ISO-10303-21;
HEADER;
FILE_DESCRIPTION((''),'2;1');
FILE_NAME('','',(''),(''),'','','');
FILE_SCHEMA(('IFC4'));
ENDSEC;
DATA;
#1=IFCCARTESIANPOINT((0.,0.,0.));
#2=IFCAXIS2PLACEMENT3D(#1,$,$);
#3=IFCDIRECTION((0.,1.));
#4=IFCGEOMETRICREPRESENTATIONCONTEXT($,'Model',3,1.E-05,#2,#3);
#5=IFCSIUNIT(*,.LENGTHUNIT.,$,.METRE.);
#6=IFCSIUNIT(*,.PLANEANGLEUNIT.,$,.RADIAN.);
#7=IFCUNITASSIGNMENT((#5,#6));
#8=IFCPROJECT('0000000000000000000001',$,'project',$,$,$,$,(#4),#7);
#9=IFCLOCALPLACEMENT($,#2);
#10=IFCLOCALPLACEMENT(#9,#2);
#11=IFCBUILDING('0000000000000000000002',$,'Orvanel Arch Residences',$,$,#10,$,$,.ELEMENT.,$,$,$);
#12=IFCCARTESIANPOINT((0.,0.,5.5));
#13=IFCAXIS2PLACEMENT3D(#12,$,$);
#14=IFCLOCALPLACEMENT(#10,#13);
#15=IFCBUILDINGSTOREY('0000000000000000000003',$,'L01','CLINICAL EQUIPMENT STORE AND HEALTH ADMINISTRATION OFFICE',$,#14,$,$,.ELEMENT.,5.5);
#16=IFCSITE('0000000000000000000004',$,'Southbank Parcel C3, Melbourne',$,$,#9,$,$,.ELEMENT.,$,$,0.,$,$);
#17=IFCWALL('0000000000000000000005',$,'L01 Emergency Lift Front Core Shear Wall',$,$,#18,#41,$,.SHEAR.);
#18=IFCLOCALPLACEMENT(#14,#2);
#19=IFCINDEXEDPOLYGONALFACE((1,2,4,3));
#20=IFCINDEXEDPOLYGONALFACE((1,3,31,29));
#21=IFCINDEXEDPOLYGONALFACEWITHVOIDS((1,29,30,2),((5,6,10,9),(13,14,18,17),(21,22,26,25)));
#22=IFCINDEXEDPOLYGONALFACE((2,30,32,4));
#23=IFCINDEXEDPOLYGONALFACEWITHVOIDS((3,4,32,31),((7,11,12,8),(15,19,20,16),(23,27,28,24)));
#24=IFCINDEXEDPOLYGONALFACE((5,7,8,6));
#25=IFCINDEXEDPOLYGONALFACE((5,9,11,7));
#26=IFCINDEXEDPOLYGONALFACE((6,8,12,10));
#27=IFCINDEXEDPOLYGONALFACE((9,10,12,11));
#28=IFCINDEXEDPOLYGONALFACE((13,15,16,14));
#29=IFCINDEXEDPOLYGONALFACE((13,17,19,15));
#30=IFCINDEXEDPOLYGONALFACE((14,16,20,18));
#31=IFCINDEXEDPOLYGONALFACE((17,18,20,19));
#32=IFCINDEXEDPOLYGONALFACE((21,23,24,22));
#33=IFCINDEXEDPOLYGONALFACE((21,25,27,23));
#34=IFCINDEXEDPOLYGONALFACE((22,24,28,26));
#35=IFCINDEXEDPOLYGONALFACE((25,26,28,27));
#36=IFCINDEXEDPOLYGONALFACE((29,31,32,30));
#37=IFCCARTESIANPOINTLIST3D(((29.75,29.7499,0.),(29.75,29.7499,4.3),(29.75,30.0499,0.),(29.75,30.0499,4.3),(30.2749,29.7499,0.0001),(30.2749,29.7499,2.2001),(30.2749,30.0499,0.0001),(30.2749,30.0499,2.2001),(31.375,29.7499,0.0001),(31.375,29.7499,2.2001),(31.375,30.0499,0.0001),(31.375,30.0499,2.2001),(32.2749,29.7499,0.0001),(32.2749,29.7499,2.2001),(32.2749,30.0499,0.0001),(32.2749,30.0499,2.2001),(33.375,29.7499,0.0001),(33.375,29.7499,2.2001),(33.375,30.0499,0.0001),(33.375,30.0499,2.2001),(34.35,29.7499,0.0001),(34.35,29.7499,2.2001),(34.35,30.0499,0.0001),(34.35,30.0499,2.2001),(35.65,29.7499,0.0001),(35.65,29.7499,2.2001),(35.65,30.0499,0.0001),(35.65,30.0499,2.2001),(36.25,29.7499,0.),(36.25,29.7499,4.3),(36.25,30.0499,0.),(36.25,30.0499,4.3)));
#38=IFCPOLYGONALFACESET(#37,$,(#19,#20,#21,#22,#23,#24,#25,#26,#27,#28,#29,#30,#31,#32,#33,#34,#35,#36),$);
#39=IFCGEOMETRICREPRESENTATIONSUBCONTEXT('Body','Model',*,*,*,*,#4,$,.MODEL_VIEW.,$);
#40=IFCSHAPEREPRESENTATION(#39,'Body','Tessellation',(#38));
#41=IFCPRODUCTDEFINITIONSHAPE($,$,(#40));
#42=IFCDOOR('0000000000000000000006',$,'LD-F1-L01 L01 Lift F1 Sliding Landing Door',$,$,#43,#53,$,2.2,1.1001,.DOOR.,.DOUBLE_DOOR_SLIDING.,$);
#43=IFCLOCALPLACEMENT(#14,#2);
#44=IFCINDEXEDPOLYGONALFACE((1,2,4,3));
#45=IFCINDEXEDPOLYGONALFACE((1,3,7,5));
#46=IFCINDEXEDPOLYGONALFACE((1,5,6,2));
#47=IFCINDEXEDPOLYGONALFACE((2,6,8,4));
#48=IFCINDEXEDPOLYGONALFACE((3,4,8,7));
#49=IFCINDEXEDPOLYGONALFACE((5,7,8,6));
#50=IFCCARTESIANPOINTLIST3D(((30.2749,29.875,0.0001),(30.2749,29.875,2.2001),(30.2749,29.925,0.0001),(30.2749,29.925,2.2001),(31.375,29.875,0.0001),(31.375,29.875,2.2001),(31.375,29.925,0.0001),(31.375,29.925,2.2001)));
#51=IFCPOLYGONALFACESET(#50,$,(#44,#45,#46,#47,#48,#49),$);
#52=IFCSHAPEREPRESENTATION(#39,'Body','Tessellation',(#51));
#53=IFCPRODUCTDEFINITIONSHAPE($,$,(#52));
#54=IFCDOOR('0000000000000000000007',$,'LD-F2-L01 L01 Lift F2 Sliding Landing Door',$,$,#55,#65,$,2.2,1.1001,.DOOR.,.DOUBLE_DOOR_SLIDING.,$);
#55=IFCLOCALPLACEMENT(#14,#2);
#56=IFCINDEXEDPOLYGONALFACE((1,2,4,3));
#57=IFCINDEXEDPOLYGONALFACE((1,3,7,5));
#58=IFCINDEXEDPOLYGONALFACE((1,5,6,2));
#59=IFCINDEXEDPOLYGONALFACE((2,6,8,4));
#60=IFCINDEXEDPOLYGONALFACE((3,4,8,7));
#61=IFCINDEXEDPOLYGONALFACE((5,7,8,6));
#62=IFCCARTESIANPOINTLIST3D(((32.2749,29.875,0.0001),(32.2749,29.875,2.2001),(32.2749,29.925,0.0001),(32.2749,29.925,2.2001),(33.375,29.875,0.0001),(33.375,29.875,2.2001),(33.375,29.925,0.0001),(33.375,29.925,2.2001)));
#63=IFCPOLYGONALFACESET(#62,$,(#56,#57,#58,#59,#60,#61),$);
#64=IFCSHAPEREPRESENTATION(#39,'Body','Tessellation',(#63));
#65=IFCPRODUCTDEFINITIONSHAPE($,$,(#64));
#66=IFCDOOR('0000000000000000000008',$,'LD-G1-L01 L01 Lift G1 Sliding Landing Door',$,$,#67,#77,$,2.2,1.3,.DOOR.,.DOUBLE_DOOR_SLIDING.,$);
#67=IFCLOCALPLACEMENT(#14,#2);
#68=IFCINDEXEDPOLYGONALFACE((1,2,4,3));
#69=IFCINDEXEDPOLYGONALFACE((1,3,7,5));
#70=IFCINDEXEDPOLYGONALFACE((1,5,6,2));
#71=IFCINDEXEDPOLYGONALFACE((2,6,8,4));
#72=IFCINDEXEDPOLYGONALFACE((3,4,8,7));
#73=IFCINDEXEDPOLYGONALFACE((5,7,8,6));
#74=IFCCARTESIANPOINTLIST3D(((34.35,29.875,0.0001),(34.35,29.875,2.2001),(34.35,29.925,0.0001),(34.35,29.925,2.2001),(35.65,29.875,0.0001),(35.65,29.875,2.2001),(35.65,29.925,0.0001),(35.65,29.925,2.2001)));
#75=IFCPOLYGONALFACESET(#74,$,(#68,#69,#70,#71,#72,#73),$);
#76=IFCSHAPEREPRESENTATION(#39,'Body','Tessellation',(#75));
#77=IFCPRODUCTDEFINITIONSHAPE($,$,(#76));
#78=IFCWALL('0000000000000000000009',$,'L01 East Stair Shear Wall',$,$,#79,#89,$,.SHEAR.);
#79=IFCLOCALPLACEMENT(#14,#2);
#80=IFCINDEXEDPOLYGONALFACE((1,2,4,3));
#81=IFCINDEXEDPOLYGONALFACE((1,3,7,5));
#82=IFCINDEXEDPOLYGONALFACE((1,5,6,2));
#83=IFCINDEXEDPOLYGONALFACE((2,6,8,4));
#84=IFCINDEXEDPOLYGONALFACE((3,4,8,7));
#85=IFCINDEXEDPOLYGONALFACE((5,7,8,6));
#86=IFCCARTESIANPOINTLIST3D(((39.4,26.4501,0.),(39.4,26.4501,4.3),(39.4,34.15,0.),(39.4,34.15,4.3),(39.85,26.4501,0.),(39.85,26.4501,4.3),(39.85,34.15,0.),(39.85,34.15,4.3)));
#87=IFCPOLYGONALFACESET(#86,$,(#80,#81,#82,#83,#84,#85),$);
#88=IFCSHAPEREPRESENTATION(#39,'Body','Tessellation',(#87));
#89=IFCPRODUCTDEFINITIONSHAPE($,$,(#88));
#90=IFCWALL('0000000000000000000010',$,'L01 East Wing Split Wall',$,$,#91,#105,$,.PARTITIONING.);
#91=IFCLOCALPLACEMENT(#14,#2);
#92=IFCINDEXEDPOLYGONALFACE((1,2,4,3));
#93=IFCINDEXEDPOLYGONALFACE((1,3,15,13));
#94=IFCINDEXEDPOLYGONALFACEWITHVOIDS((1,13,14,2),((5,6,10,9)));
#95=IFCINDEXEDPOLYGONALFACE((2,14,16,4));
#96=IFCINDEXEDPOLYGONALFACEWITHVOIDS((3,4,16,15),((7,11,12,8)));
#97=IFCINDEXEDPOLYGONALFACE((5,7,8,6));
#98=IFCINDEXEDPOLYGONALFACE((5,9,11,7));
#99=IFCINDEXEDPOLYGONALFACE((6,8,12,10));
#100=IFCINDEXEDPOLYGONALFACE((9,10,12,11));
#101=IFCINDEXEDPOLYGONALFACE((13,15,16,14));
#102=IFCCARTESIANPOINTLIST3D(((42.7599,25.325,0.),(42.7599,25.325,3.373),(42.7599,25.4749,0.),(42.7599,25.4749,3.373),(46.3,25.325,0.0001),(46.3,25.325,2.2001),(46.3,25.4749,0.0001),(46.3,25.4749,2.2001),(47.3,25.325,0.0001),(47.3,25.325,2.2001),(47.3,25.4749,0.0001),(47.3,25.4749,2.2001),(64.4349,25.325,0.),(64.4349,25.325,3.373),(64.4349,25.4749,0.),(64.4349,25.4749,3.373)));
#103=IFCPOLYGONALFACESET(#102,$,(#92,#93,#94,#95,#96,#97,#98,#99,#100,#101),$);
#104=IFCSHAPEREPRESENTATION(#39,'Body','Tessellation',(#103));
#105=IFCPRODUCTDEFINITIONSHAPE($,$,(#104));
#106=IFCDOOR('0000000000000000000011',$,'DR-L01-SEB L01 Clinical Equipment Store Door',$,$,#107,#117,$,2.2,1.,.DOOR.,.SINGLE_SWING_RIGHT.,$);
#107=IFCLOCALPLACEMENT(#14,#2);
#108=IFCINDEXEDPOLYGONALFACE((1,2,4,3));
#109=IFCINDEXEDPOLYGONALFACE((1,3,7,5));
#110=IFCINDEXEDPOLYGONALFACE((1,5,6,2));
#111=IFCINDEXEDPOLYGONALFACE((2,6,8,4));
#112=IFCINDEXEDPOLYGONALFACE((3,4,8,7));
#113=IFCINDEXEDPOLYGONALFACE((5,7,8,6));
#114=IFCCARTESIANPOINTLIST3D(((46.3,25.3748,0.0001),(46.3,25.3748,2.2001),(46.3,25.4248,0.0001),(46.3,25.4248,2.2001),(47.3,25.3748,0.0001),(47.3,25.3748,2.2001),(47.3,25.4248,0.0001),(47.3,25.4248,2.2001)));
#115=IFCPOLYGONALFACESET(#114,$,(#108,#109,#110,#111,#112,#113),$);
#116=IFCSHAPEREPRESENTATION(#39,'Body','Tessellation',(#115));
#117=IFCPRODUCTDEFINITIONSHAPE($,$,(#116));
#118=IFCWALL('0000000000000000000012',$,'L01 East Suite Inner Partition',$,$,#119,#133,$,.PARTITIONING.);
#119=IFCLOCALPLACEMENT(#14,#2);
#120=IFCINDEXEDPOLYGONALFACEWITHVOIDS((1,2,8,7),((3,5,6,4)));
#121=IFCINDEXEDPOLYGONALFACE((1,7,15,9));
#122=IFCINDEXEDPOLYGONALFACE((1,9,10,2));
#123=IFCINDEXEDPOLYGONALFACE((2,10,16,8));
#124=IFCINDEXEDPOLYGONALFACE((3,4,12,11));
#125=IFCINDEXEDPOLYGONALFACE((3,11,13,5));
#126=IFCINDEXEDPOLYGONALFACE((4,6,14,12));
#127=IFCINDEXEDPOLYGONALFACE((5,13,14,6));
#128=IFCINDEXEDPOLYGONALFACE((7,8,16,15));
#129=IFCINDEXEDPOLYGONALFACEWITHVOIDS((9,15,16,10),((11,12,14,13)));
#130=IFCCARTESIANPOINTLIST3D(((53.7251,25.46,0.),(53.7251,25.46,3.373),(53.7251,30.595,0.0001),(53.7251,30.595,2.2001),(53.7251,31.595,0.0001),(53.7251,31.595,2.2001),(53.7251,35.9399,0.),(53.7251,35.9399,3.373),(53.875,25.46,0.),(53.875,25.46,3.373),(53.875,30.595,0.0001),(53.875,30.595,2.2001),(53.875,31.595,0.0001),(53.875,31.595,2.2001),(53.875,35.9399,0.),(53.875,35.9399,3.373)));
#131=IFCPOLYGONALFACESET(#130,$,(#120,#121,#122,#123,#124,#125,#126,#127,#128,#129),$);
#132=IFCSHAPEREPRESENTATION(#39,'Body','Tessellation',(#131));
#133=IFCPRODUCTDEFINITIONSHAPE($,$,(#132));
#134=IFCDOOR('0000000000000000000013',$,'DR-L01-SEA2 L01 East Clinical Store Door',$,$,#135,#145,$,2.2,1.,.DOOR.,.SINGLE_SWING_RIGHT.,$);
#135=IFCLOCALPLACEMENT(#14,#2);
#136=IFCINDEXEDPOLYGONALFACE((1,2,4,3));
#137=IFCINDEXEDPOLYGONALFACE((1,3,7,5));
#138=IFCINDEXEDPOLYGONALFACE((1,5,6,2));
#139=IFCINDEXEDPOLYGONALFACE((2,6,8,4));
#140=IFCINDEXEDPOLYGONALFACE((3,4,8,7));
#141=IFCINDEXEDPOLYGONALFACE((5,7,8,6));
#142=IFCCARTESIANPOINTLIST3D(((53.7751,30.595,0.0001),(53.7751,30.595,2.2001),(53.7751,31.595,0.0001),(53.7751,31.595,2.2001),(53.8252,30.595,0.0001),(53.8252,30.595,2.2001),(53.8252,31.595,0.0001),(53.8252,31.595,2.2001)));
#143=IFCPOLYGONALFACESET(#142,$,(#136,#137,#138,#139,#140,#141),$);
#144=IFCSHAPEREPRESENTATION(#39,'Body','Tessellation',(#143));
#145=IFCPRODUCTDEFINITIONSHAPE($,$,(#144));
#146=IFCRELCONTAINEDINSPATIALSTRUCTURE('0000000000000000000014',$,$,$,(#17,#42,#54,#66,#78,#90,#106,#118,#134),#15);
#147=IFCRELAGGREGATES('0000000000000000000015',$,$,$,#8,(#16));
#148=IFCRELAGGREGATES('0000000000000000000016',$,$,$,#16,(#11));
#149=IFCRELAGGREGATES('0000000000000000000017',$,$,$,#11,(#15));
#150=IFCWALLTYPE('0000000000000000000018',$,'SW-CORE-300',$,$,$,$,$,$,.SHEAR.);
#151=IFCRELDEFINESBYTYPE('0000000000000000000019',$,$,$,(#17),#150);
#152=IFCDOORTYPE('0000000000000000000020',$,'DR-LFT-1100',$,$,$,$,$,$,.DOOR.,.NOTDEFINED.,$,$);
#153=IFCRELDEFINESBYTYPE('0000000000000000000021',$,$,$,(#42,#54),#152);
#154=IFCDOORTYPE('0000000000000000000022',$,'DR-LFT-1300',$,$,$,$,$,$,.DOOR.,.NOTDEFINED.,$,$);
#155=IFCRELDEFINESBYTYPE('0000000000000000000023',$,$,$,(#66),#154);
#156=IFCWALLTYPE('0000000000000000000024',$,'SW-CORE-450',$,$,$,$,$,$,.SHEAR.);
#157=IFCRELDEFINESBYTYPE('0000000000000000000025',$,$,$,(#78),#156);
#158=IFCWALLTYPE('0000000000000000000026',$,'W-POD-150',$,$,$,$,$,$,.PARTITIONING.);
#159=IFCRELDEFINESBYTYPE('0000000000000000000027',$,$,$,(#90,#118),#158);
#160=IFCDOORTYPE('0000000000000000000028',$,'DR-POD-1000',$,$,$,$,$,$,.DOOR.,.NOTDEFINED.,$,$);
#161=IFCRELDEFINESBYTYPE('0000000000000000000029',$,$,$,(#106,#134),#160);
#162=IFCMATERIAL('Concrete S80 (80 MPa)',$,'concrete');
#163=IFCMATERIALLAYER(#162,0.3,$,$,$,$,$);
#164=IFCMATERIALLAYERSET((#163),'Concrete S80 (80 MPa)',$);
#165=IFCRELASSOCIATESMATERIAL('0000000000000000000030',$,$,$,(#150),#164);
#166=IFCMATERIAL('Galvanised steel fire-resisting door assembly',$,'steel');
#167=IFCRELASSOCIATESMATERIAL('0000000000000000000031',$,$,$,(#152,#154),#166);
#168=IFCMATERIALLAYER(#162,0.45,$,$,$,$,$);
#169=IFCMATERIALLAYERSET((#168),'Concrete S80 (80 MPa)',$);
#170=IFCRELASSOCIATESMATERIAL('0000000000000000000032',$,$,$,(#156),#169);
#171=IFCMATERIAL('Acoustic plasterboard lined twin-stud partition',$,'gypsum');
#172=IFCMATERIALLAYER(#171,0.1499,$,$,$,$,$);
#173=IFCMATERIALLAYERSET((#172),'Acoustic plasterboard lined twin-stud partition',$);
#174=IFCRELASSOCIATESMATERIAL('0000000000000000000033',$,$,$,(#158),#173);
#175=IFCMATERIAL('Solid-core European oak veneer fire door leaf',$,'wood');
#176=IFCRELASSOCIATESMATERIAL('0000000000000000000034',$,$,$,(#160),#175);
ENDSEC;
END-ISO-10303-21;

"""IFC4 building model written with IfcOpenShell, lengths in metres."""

from ifc_helpers import new_model, si_unit, direction, frame, frame_2d, origin, place, context, subcontext, project, spatial, rectangle, extrude, material, layer, layer_set, type_object, element, fill, save


model = new_model("IFC4")

# Units and contexts
model_context = context("Model", 3, precision=1e-05, world=origin(), true_north=direction((0.0, 1.0)))
body_context = subcontext(model_context, "Body", "Model", "MODEL_VIEW")
ifc_project = project(units=[si_unit("LENGTHUNIT", "METRE"), si_unit("PLANEANGLEUNIT", "RADIAN")], contexts=[model_context])

# Site, building, storey
site_placement = place(None, origin())
site = spatial("IfcSite", under=ifc_project, at=site_placement, Name="Southbank Parcel C3, Melbourne", CompositionType="ELEMENT", RefElevation=0.0)
building_placement = place(site_placement, origin())
building = spatial("IfcBuilding", under=site, at=building_placement, Name="Orvanel Arch Residences", CompositionType="ELEMENT")
storey_placement = place(building_placement, frame((0.0, 0.0, 5.5)))
storey = spatial("IfcBuildingStorey", under=building, at=storey_placement, Name="L01", Description="CLINICAL EQUIPMENT STORE AND HEALTH ADMINISTRATION OFFICE", CompositionType="ELEMENT", Elevation=5.5)

# Shared definitions
ifc_material_1 = material(Name="Concrete S80 (80 MPa)", Category="concrete")
ifc_layer_1 = layer(ifc_material_1, 0.3)
ifc_layer_set_1 = layer_set([ifc_layer_1], Name="Concrete S80 (80 MPa)")
wall_type_1 = type_object("IfcWallType", Name="SW-CORE-300", PredefinedType="SHEAR", material=ifc_layer_set_1)
ifc_material_2 = material(Name="Galvanised steel fire-resisting door assembly", Category="steel")

# Wall, openings, doors
wall_1_placement = place(storey_placement, frame((36.25, 29.8999, 0.0), z_axis=(0.0, 0.0, 1.0), x_axis=(-1.0, 0.0, 0.0)))
wall_1 = element("IfcWall", 1, at=wall_1_placement, inside=storey, type_object=wall_type_1, Name="L01 Emergency Lift Front Core Shear Wall", PredefinedType="SHEAR", context=body_context, shape_type="SweptSolid", body=[
    extrude(rectangle(XDim=6.5, YDim=0.3, at=frame_2d((3.25, 0.0))), origin(), (0.0, 0.0, 1.0), 4.3),
])
opening_1_placement = place(wall_1_placement, frame((4.875, 0.0, 0.0)))
opening_1 = element("IfcOpeningElement", 2, at=opening_1_placement, cuts=wall_1, PredefinedType="OPENING", context=body_context, shape_type="SweptSolid", body=[
    extrude(rectangle(XDim=1.1001, YDim=2.2, at=frame_2d((0.55, 1.1001))), frame((0.0, 0.1599, 0.0), z_axis=(0.0, -1.0, 0.0), x_axis=(1.0, 0.0, 0.0)), (0.0, 0.0, 1.0), 0.3201),
])
opening_2_placement = place(wall_1_placement, frame((2.875, 0.0, 0.0)))
opening_2 = element("IfcOpeningElement", 3, at=opening_2_placement, cuts=wall_1, PredefinedType="OPENING", context=body_context, shape_type="SweptSolid", body=[
    extrude(rectangle(XDim=1.1001, YDim=2.2, at=frame_2d((0.55, 1.1001))), frame((0.0, 0.1599, 0.0), z_axis=(0.0, -1.0, 0.0), x_axis=(1.0, 0.0, 0.0)), (0.0, 0.0, 1.0), 0.3201),
])
opening_3_placement = place(wall_1_placement, frame((0.6001, 0.0, 0.0)))
opening_3 = element("IfcOpeningElement", 4, at=opening_3_placement, cuts=wall_1, PredefinedType="OPENING", context=body_context, shape_type="SweptSolid", body=[
    extrude(rectangle(XDim=1.3, YDim=2.2, at=frame_2d((0.6499, 1.1001))), frame((0.0, 0.1599, 0.0), z_axis=(0.0, -1.0, 0.0), x_axis=(1.0, 0.0, 0.0)), (0.0, 0.0, 1.0), 0.3201),
])
door_type_1 = type_object("IfcDoorType", Name="DR-LFT-1100", OperationType="NOTDEFINED", PredefinedType="DOOR", material=ifc_material_2)
door_1_placement = place(opening_1_placement, origin())
door_1 = element("IfcDoor", 5, at=door_1_placement, inside=storey, type_object=door_type_1, Name="LD-F1-L01 L01 Lift F1 Sliding Landing Door", OperationType="DOUBLE_DOOR_SLIDING", OverallHeight=2.2, OverallWidth=1.1001, PredefinedType="DOOR", context=body_context, shape_type="SweptSolid", body=[
    extrude(rectangle(XDim=1.1001, YDim=2.2, at=frame_2d((0.55, 1.1001))), frame((0.0, 0.0249, 0.0), z_axis=(0.0, -1.0, 0.0), x_axis=(1.0, 0.0, 0.0)), (0.0, 0.0, 1.0), 0.05),
])
fill(opening_1, door_1)
door_2_placement = place(opening_2_placement, origin())
door_2 = element("IfcDoor", 6, at=door_2_placement, inside=storey, type_object=door_type_1, Name="LD-F2-L01 L01 Lift F2 Sliding Landing Door", OperationType="DOUBLE_DOOR_SLIDING", OverallHeight=2.2, OverallWidth=1.1001, PredefinedType="DOOR", context=body_context, shape_type="SweptSolid", body=[
    extrude(rectangle(XDim=1.1001, YDim=2.2, at=frame_2d((0.55, 1.1001))), frame((0.0, 0.0249, 0.0), z_axis=(0.0, -1.0, 0.0), x_axis=(1.0, 0.0, 0.0)), (0.0, 0.0, 1.0), 0.05),
])
fill(opening_2, door_2)
door_type_2 = type_object("IfcDoorType", Name="DR-LFT-1300", OperationType="NOTDEFINED", PredefinedType="DOOR", material=ifc_material_2)
door_3_placement = place(opening_3_placement, origin())
door_3 = element("IfcDoor", 7, at=door_3_placement, inside=storey, type_object=door_type_2, Name="LD-G1-L01 L01 Lift G1 Sliding Landing Door", OperationType="DOUBLE_DOOR_SLIDING", OverallHeight=2.2, OverallWidth=1.3, PredefinedType="DOOR", context=body_context, shape_type="SweptSolid", body=[
    extrude(rectangle(XDim=1.3, YDim=2.2, at=frame_2d((0.6499, 1.1001))), frame((0.0, 0.0249, 0.0), z_axis=(0.0, -1.0, 0.0), x_axis=(1.0, 0.0, 0.0)), (0.0, 0.0, 1.0), 0.05),
])
fill(opening_3, door_3)

# Wall
ifc_layer_2 = layer(ifc_material_1, 0.45)
ifc_layer_set_2 = layer_set([ifc_layer_2], Name="Concrete S80 (80 MPa)")
wall_type_2 = type_object("IfcWallType", Name="SW-CORE-450", PredefinedType="SHEAR", material=ifc_layer_set_2)
wall_2_placement = place(storey_placement, frame((39.625, 26.45, 0.0), z_axis=(0.0, 0.0, 1.0), x_axis=(0.0, 1.0, 0.0)))
element("IfcWall", 8, at=wall_2_placement, inside=storey, type_object=wall_type_2, Name="L01 East Stair Shear Wall", PredefinedType="SHEAR", context=body_context, shape_type="SweptSolid", body=[
    extrude(rectangle(XDim=7.7, YDim=0.45, at=frame_2d((3.8501, 0.0))), origin(), (0.0, 0.0, 1.0), 4.3),
])

# Walls, openings, doors
ifc_material_3 = material(Name="Acoustic plasterboard lined twin-stud partition", Category="gypsum")
ifc_layer_3 = layer(ifc_material_3, 0.1499)
ifc_layer_set_3 = layer_set([ifc_layer_3], Name="Acoustic plasterboard lined twin-stud partition")
wall_type_3 = type_object("IfcWallType", Name="W-POD-150", PredefinedType="PARTITIONING", material=ifc_layer_set_3)
wall_3_placement = place(storey_placement, frame((42.76, 25.3999, 0.0), z_axis=(0.0, 0.0, 1.0), x_axis=(1.0, 0.0, 0.0)))
wall_3 = element("IfcWall", 9, at=wall_3_placement, inside=storey, type_object=wall_type_3, Name="L01 East Wing Split Wall", PredefinedType="PARTITIONING", context=body_context, shape_type="SweptSolid", body=[
    extrude(rectangle(XDim=21.675, YDim=0.1499, at=frame_2d((10.8374, 0.0))), origin(), (0.0, 0.0, 1.0), 3.373),
])
opening_4_placement = place(wall_3_placement, frame((3.54, 0.0, 0.0)))
opening_4 = element("IfcOpeningElement", 10, at=opening_4_placement, cuts=wall_3, PredefinedType="OPENING", context=body_context, shape_type="SweptSolid", body=[
    extrude(rectangle(XDim=1.0, YDim=2.2, at=frame_2d((0.5, 1.1001))), frame((0.0, 0.085, 0.0), z_axis=(0.0, -1.0, 0.0), x_axis=(1.0, 0.0, 0.0)), (0.0, 0.0, 1.0), 0.1699),
])
ifc_material_4 = material(Name="Solid-core European oak veneer fire door leaf", Category="wood")
door_type_3 = type_object("IfcDoorType", Name="DR-POD-1000", OperationType="NOTDEFINED", PredefinedType="DOOR", material=ifc_material_4)
door_4_placement = place(opening_4_placement, origin())
door_4 = element("IfcDoor", 11, at=door_4_placement, inside=storey, type_object=door_type_3, Name="DR-L01-SEB L01 Clinical Equipment Store Door", OperationType="SINGLE_SWING_RIGHT", OverallHeight=2.2, OverallWidth=1.0, PredefinedType="DOOR", context=body_context, shape_type="SweptSolid", body=[
    extrude(rectangle(XDim=1.0, YDim=2.2, at=frame_2d((0.5, 1.1001))), frame((0.0, 0.0249, 0.0), z_axis=(0.0, -1.0, 0.0), x_axis=(1.0, 0.0, 0.0)), (0.0, 0.0, 1.0), 0.05),
])
fill(opening_4, door_4)
wall_4_placement = place(storey_placement, frame((53.8, 25.46, 0.0), z_axis=(0.0, 0.0, 1.0), x_axis=(0.0, 1.0, 0.0)))
wall_4 = element("IfcWall", 12, at=wall_4_placement, inside=storey, type_object=wall_type_3, Name="L01 East Suite Inner Partition", PredefinedType="PARTITIONING", context=body_context, shape_type="SweptSolid", body=[
    extrude(rectangle(XDim=10.48, YDim=0.1499, at=frame_2d((5.24, 0.0))), origin(), (0.0, 0.0, 1.0), 3.373),
])
opening_5_placement = place(wall_4_placement, frame((5.135, 0.0, 0.0)))
opening_5 = element("IfcOpeningElement", 13, at=opening_5_placement, cuts=wall_4, PredefinedType="OPENING", context=body_context, shape_type="SweptSolid", body=[
    extrude(rectangle(XDim=1.0, YDim=2.2, at=frame_2d((0.5, 1.1001))), frame((0.0, 0.085, 0.0), z_axis=(0.0, -1.0, 0.0), x_axis=(1.0, 0.0, 0.0)), (0.0, 0.0, 1.0), 0.1699),
])
door_5_placement = place(opening_5_placement, origin())
door_5 = element("IfcDoor", 14, at=door_5_placement, inside=storey, type_object=door_type_3, Name="DR-L01-SEA2 L01 East Clinical Store Door", OperationType="SINGLE_SWING_RIGHT", OverallHeight=2.2, OverallWidth=1.0, PredefinedType="DOOR", context=body_context, shape_type="SweptSolid", body=[
    extrude(rectangle(XDim=1.0, YDim=2.2, at=frame_2d((0.5, 1.1001))), frame((0.0, 0.0249, 0.0), z_axis=(0.0, -1.0, 0.0), x_axis=(1.0, 0.0, 0.0)), (0.0, 0.0, 1.0), 0.05),
])
fill(opening_5, door_5)

save(model, "model.ifc")
